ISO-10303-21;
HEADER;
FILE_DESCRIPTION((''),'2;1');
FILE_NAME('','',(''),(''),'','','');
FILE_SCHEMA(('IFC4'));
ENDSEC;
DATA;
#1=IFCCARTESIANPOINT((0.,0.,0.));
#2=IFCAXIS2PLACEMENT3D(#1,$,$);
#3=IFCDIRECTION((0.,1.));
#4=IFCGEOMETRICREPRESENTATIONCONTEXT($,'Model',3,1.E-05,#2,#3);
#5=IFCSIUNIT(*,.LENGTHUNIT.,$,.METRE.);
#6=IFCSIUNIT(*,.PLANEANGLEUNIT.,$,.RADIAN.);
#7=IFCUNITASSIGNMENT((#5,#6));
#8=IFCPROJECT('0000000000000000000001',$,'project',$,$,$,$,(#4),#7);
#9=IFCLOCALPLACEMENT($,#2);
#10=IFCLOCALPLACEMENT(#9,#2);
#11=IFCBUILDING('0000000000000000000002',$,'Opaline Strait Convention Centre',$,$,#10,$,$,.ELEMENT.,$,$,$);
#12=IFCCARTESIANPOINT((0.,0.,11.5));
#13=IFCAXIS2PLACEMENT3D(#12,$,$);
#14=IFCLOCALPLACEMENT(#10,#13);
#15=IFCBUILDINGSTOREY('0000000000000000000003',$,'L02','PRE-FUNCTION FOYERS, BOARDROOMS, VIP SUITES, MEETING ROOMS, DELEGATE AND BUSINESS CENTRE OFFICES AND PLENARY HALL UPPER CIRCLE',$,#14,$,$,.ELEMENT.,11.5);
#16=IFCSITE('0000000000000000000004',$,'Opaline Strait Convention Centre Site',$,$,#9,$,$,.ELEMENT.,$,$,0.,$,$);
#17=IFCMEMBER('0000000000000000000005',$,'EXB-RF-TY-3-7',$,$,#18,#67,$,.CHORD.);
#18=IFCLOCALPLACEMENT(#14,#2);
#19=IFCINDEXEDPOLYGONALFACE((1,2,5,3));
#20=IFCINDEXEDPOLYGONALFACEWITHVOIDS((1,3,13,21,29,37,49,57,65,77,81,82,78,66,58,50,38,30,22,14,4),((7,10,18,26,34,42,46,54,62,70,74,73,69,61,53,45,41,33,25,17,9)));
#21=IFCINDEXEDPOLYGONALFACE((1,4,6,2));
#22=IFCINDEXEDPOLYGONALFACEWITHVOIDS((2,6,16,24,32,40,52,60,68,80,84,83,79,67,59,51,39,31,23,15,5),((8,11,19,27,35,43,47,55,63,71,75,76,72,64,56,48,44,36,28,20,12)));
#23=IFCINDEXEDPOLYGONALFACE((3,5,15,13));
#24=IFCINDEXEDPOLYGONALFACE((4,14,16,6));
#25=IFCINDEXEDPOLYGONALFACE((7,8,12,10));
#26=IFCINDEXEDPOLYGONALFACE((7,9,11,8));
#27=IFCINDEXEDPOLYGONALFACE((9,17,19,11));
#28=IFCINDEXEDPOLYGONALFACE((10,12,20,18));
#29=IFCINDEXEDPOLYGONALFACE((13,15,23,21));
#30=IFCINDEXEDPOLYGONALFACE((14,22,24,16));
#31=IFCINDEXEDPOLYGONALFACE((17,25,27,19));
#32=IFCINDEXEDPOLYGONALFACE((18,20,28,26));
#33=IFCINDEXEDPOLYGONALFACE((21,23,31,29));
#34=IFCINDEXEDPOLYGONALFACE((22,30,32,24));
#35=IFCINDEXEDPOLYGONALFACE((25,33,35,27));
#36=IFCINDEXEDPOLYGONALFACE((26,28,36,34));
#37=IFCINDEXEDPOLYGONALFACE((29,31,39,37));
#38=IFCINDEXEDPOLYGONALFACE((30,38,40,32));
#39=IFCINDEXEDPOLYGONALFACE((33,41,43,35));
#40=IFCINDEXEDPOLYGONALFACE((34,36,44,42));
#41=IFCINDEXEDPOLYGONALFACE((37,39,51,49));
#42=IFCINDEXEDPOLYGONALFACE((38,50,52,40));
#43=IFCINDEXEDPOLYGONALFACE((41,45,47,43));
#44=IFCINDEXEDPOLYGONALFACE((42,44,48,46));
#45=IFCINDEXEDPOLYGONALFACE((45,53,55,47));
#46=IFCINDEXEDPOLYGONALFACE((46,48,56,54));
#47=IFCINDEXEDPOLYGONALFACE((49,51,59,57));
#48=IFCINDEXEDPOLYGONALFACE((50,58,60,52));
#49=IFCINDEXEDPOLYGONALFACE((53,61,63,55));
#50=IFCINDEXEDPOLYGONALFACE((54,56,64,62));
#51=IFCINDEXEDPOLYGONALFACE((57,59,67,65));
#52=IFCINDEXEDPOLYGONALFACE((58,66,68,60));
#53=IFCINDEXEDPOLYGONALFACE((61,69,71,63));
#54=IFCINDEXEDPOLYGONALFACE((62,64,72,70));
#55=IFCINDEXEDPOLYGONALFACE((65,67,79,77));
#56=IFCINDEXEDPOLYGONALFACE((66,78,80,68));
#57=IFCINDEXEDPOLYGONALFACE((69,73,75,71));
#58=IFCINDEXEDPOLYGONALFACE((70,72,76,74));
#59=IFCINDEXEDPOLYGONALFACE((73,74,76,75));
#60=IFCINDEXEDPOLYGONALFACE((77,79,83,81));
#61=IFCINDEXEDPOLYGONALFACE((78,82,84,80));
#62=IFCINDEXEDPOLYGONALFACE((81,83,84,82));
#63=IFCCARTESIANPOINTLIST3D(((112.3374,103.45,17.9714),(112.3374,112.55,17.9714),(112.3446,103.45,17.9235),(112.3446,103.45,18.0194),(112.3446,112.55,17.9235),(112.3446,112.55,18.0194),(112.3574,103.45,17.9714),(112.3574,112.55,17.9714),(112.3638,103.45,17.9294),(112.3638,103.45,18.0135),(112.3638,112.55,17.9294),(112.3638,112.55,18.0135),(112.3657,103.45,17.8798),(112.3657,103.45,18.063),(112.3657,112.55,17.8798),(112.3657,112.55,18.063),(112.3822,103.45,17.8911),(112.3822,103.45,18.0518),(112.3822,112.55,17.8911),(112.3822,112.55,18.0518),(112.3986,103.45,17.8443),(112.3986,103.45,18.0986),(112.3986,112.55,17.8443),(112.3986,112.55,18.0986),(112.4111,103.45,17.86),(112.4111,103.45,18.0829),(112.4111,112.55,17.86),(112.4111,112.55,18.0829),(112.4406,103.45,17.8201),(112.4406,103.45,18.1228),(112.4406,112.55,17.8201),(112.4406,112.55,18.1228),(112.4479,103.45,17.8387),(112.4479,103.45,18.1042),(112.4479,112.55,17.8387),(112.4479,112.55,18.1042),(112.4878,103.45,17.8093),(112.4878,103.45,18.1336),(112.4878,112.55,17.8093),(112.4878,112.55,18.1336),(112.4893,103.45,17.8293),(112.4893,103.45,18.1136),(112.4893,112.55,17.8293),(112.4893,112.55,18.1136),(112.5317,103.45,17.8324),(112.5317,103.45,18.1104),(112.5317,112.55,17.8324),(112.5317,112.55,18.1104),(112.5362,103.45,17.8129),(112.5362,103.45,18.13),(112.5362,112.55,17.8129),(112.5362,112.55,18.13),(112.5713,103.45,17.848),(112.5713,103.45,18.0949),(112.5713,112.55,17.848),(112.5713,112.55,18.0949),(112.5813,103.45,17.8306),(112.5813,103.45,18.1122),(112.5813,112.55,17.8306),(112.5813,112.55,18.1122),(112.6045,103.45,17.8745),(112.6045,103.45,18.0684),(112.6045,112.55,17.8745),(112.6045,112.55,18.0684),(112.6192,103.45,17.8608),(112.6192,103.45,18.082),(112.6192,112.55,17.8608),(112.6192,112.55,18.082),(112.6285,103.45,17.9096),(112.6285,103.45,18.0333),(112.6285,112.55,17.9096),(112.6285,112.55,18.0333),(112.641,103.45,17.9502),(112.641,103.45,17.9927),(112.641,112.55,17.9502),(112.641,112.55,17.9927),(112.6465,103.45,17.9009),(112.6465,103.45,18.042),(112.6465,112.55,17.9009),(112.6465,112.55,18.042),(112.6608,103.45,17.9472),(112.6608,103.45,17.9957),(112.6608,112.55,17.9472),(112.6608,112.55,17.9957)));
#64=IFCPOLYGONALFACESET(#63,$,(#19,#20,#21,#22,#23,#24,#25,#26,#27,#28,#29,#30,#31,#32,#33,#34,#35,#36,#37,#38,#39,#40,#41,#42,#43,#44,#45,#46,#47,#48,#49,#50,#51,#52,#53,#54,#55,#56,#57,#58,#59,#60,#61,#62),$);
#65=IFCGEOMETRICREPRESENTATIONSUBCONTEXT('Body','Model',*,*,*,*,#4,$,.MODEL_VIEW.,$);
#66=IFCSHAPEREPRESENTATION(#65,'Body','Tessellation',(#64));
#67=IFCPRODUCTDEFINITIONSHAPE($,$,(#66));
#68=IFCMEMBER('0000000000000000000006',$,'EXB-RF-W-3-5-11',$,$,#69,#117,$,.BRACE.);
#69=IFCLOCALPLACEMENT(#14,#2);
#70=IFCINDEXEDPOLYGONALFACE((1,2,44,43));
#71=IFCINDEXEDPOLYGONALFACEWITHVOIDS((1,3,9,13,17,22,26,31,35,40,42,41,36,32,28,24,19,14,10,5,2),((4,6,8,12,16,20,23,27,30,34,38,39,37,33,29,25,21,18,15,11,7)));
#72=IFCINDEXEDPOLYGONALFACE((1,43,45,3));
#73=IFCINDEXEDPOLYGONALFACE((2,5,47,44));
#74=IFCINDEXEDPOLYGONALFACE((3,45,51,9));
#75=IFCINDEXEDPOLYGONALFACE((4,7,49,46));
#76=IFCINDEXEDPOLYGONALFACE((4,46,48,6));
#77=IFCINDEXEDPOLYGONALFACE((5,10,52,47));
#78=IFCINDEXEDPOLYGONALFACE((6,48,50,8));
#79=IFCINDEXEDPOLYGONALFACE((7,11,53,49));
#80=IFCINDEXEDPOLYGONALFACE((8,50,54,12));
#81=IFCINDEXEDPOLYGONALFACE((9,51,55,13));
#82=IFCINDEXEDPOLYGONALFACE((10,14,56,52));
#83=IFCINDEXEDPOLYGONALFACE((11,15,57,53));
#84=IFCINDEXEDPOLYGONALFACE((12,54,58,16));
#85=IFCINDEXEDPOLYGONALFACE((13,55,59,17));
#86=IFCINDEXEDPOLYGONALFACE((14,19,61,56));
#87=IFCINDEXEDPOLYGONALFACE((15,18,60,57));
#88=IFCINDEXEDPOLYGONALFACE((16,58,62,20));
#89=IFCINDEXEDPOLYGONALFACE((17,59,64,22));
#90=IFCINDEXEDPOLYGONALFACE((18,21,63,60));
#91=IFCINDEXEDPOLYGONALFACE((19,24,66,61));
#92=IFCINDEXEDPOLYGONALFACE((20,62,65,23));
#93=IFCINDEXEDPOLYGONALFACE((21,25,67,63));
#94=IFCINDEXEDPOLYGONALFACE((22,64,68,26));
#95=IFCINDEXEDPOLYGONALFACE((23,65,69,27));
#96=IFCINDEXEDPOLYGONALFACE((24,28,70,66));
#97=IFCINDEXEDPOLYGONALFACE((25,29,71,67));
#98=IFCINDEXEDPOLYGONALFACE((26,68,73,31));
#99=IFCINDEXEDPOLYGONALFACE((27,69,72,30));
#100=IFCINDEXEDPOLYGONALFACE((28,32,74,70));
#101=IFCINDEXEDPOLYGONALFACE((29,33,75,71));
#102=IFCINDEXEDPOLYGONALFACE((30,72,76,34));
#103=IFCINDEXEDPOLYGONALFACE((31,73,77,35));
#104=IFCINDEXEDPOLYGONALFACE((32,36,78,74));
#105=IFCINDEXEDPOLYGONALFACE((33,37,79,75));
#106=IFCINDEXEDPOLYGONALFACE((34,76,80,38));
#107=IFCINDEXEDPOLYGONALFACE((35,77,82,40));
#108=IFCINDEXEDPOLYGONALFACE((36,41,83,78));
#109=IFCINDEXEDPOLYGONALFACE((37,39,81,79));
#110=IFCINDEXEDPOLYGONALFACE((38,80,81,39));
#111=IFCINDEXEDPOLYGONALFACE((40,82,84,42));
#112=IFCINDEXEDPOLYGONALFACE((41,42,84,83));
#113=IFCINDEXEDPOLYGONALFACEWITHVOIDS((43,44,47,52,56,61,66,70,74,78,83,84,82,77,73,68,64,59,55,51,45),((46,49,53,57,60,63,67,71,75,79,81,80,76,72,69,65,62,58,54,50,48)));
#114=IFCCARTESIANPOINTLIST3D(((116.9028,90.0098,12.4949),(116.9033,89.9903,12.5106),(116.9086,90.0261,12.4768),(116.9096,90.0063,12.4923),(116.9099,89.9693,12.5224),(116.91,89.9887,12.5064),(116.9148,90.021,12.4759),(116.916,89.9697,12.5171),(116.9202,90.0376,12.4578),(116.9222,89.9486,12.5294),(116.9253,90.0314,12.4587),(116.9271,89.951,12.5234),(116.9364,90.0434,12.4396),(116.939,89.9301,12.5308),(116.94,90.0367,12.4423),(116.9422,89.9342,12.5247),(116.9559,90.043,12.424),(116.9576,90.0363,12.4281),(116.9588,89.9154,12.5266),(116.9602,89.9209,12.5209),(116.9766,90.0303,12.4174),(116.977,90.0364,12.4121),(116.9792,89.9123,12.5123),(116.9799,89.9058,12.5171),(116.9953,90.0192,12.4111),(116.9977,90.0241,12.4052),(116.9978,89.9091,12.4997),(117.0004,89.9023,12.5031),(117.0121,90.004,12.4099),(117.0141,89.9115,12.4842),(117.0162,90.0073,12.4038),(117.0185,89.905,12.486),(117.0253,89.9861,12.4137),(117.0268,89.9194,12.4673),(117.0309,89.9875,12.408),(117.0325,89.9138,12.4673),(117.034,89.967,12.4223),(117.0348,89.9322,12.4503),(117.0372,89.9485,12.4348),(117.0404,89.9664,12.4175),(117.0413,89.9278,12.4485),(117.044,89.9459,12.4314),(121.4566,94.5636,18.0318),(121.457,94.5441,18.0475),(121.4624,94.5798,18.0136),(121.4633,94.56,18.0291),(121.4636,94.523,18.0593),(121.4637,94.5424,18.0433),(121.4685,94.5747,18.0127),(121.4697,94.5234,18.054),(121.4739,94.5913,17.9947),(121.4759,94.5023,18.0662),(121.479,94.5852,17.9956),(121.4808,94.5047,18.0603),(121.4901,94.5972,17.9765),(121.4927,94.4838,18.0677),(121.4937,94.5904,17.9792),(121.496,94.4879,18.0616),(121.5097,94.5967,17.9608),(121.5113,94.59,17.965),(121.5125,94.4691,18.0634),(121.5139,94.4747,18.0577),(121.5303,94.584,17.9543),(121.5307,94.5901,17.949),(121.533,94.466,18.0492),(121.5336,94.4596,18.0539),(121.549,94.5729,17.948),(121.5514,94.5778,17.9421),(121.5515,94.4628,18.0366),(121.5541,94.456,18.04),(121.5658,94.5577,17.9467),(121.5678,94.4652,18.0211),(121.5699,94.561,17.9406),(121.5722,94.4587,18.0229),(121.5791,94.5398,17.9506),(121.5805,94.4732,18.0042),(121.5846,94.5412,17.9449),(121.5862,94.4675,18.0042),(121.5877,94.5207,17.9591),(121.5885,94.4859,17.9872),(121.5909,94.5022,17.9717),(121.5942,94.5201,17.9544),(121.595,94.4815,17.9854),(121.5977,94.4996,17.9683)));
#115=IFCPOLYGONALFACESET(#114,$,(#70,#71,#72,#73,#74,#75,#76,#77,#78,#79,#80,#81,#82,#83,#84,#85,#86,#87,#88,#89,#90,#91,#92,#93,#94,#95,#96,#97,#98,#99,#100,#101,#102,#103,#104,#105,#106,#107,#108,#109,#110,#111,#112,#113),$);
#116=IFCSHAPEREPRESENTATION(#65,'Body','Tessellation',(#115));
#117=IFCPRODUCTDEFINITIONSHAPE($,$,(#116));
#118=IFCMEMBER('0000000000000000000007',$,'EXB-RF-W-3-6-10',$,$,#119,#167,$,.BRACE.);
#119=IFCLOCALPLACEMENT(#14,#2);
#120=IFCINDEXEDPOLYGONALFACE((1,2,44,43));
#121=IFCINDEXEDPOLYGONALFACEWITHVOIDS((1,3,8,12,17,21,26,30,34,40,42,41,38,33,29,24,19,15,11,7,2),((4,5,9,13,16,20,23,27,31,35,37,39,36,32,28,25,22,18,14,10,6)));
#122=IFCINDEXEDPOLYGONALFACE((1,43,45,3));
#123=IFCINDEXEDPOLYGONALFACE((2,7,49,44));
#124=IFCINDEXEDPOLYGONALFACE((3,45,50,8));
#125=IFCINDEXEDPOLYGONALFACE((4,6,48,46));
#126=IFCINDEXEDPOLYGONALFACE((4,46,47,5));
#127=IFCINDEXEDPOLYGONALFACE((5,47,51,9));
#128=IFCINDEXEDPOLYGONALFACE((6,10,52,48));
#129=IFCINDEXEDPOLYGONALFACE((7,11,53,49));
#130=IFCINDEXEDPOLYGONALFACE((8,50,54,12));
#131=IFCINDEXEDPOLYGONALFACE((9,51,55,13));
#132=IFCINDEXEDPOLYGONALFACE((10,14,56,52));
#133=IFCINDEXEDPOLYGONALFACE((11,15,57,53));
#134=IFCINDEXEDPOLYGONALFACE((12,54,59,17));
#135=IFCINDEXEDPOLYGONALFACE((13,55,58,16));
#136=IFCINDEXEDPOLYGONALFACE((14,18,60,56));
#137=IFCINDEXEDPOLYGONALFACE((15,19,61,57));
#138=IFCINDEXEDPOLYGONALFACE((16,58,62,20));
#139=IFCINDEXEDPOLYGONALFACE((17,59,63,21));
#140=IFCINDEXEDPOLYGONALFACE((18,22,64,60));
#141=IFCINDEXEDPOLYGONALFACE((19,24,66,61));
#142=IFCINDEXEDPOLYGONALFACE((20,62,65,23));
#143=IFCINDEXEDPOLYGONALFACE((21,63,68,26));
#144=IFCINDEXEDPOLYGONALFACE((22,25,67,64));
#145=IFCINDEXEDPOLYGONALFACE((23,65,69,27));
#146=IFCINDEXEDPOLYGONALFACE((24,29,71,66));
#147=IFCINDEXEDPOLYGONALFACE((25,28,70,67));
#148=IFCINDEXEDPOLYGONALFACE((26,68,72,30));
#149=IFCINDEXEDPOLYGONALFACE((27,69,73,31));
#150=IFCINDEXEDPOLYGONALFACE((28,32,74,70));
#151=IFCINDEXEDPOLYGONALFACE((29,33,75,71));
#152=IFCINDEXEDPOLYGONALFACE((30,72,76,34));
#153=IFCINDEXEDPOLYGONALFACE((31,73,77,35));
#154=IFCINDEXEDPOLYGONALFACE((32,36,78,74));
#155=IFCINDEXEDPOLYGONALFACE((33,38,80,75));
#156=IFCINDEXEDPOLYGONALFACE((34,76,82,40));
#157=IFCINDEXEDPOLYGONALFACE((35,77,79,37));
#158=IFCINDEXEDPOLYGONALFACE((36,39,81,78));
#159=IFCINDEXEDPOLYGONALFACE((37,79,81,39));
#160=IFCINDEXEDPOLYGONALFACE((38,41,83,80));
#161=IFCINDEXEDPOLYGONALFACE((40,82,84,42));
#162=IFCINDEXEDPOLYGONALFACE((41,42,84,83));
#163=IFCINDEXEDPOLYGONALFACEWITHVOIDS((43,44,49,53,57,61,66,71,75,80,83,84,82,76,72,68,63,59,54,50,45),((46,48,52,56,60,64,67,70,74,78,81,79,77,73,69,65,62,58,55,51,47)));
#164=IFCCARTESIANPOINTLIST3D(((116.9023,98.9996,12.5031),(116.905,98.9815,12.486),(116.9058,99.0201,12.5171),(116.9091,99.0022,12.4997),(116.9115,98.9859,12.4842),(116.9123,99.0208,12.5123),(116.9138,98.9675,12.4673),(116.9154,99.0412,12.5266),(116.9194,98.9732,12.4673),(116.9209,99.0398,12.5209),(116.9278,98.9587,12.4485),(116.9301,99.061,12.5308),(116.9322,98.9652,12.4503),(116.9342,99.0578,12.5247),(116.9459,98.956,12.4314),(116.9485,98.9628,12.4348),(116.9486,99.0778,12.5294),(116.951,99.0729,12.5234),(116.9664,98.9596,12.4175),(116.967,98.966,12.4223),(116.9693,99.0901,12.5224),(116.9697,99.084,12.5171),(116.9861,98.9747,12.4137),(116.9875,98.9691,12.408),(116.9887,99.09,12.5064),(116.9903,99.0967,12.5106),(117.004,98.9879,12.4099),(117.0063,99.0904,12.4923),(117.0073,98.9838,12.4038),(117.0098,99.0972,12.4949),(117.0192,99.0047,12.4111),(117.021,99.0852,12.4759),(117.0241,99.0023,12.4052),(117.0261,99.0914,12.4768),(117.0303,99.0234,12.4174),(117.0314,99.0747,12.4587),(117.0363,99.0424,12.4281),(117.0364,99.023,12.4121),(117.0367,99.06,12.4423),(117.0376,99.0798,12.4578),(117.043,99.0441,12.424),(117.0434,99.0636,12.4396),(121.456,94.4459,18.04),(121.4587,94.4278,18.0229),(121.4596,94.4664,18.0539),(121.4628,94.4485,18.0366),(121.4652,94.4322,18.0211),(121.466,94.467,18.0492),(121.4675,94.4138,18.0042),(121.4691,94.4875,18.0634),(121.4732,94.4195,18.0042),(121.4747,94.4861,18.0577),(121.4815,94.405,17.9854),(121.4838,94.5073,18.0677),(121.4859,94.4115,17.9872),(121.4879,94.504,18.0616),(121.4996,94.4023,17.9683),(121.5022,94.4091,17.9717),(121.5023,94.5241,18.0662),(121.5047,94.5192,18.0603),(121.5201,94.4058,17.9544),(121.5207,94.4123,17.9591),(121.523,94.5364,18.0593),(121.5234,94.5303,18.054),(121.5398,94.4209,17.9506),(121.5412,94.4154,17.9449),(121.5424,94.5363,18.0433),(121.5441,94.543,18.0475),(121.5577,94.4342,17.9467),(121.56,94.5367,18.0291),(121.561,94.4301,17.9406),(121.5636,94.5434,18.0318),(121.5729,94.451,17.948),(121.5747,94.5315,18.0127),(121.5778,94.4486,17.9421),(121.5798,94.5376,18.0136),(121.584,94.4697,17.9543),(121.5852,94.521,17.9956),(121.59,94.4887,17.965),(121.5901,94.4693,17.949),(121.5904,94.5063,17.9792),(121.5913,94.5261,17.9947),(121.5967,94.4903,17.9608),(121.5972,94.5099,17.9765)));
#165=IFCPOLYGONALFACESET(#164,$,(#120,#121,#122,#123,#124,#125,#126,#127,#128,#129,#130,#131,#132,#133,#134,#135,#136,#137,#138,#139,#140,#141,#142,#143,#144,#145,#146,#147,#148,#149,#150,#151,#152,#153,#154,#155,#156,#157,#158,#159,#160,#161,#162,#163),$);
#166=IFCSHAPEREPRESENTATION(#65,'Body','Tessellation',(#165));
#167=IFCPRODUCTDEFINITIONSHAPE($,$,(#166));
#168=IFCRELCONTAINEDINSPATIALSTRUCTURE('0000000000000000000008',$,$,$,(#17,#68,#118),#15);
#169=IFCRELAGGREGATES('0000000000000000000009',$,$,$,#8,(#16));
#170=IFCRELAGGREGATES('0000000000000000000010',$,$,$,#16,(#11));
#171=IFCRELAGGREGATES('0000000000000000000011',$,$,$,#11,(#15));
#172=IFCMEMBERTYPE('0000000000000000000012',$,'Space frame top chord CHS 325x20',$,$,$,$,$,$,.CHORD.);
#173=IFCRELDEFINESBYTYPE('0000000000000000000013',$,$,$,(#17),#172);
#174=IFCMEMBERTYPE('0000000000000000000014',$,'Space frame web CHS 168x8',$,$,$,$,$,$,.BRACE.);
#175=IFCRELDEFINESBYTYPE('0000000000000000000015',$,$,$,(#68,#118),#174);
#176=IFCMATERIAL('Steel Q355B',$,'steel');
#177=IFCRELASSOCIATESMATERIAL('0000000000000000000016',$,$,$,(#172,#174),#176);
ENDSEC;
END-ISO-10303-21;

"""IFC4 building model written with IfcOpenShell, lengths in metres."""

from ifc_helpers import new_model, si_unit, direction, frame, origin, origin_2d, place, context, subcontext, project, spatial, hollow_circle, extrude, material, material_profile, profile_set, type_object, element, save


model = new_model("IFC4")

# Units and contexts
model_context = context("Model", 3, precision=1e-05, world=origin(), true_north=direction((0.0, 1.0)))
body_context = subcontext(model_context, "Body", "Model", "MODEL_VIEW")
ifc_project = project(units=[si_unit("LENGTHUNIT", "METRE"), si_unit("PLANEANGLEUNIT", "RADIAN")], contexts=[model_context])

# Site, building, storey
site_placement = place(None, origin())
site = spatial("IfcSite", under=ifc_project, at=site_placement, Name="Opaline Strait Convention Centre Site", CompositionType="ELEMENT", RefElevation=0.0)
building_placement = place(site_placement, origin())
building = spatial("IfcBuilding", under=site, at=building_placement, Name="Opaline Strait Convention Centre", CompositionType="ELEMENT")
storey_placement = place(building_placement, frame((0.0, 0.0, 11.5)))
storey = spatial("IfcBuildingStorey", under=building, at=storey_placement, Name="L02", Description="PRE-FUNCTION FOYERS, BOARDROOMS, VIP SUITES, MEETING ROOMS, DELEGATE AND BUSINESS CENTRE OFFICES AND PLENARY HALL UPPER CIRCLE", CompositionType="ELEMENT", Elevation=11.5)

# Members
ifc_material = material(Name="Steel Q355B", Category="steel")
ifc_material_profile_1 = material_profile(ifc_material, hollow_circle(Radius=0.1626, WallThickness=0.02, at=origin_2d()), Name="CHS 325x20")
ifc_profile_set_1 = profile_set([ifc_material_profile_1], Name="Steel Q355B")
member_type_1 = type_object("IfcMemberType", Name="Space frame top chord CHS 325x20", PredefinedType="CHORD", material=ifc_profile_set_1)
member_1_placement = place(storey_placement, frame((112.5, 103.45, 17.9714), z_axis=(0.0, 1.0, 0.0), x_axis=(-1.0, 0.0, 0.0)))
element("IfcMember", 1, at=member_1_placement, inside=storey, type_object=member_type_1, Name="EXB-RF-TY-3-7", PredefinedType="CHORD", context=body_context, shape_type="SweptSolid", body=[
    extrude(hollow_circle(Radius=0.1626, WallThickness=0.02, at=origin_2d()), origin(), (0.0, 0.0, 1.0), 9.1001),
])
ifc_material_profile_2 = material_profile(ifc_material, hollow_circle(Radius=0.084, WallThickness=0.0081, at=origin_2d()), Name="CHS 168x8")
ifc_profile_set_2 = profile_set([ifc_material_profile_2], Name="Steel Q355B")
member_type_2 = type_object("IfcMemberType", Name="Space frame web CHS 168x8", PredefinedType="BRACE", material=ifc_profile_set_2)
for number, where, z_axis, x_axis, name in (
    (2, (121.5269, 94.5269, 18.0042), (-0.536178, -0.536178, -0.65194), (0.707107, -0.707107, 0.0), "EXB-RF-W-3-5-11"),
    (3, (121.5269, 94.4731, 18.0042), (-0.536178, 0.536178, -0.65194), (-0.707107, -0.707107, 0.0), "EXB-RF-W-3-6-10"),
):
    element("IfcMember", number, at=place(storey_placement, frame(where, z_axis=z_axis, x_axis=x_axis)), inside=storey, type_object=member_type_2, Name=name, PredefinedType="BRACE", context=body_context, shape_type="SweptSolid", body=[
        extrude(hollow_circle(Radius=0.084, WallThickness=0.0081, at=origin_2d()), origin(), (0.0, 0.0, 1.0), 8.4929),
    ])

save(model, "model.ifc")
